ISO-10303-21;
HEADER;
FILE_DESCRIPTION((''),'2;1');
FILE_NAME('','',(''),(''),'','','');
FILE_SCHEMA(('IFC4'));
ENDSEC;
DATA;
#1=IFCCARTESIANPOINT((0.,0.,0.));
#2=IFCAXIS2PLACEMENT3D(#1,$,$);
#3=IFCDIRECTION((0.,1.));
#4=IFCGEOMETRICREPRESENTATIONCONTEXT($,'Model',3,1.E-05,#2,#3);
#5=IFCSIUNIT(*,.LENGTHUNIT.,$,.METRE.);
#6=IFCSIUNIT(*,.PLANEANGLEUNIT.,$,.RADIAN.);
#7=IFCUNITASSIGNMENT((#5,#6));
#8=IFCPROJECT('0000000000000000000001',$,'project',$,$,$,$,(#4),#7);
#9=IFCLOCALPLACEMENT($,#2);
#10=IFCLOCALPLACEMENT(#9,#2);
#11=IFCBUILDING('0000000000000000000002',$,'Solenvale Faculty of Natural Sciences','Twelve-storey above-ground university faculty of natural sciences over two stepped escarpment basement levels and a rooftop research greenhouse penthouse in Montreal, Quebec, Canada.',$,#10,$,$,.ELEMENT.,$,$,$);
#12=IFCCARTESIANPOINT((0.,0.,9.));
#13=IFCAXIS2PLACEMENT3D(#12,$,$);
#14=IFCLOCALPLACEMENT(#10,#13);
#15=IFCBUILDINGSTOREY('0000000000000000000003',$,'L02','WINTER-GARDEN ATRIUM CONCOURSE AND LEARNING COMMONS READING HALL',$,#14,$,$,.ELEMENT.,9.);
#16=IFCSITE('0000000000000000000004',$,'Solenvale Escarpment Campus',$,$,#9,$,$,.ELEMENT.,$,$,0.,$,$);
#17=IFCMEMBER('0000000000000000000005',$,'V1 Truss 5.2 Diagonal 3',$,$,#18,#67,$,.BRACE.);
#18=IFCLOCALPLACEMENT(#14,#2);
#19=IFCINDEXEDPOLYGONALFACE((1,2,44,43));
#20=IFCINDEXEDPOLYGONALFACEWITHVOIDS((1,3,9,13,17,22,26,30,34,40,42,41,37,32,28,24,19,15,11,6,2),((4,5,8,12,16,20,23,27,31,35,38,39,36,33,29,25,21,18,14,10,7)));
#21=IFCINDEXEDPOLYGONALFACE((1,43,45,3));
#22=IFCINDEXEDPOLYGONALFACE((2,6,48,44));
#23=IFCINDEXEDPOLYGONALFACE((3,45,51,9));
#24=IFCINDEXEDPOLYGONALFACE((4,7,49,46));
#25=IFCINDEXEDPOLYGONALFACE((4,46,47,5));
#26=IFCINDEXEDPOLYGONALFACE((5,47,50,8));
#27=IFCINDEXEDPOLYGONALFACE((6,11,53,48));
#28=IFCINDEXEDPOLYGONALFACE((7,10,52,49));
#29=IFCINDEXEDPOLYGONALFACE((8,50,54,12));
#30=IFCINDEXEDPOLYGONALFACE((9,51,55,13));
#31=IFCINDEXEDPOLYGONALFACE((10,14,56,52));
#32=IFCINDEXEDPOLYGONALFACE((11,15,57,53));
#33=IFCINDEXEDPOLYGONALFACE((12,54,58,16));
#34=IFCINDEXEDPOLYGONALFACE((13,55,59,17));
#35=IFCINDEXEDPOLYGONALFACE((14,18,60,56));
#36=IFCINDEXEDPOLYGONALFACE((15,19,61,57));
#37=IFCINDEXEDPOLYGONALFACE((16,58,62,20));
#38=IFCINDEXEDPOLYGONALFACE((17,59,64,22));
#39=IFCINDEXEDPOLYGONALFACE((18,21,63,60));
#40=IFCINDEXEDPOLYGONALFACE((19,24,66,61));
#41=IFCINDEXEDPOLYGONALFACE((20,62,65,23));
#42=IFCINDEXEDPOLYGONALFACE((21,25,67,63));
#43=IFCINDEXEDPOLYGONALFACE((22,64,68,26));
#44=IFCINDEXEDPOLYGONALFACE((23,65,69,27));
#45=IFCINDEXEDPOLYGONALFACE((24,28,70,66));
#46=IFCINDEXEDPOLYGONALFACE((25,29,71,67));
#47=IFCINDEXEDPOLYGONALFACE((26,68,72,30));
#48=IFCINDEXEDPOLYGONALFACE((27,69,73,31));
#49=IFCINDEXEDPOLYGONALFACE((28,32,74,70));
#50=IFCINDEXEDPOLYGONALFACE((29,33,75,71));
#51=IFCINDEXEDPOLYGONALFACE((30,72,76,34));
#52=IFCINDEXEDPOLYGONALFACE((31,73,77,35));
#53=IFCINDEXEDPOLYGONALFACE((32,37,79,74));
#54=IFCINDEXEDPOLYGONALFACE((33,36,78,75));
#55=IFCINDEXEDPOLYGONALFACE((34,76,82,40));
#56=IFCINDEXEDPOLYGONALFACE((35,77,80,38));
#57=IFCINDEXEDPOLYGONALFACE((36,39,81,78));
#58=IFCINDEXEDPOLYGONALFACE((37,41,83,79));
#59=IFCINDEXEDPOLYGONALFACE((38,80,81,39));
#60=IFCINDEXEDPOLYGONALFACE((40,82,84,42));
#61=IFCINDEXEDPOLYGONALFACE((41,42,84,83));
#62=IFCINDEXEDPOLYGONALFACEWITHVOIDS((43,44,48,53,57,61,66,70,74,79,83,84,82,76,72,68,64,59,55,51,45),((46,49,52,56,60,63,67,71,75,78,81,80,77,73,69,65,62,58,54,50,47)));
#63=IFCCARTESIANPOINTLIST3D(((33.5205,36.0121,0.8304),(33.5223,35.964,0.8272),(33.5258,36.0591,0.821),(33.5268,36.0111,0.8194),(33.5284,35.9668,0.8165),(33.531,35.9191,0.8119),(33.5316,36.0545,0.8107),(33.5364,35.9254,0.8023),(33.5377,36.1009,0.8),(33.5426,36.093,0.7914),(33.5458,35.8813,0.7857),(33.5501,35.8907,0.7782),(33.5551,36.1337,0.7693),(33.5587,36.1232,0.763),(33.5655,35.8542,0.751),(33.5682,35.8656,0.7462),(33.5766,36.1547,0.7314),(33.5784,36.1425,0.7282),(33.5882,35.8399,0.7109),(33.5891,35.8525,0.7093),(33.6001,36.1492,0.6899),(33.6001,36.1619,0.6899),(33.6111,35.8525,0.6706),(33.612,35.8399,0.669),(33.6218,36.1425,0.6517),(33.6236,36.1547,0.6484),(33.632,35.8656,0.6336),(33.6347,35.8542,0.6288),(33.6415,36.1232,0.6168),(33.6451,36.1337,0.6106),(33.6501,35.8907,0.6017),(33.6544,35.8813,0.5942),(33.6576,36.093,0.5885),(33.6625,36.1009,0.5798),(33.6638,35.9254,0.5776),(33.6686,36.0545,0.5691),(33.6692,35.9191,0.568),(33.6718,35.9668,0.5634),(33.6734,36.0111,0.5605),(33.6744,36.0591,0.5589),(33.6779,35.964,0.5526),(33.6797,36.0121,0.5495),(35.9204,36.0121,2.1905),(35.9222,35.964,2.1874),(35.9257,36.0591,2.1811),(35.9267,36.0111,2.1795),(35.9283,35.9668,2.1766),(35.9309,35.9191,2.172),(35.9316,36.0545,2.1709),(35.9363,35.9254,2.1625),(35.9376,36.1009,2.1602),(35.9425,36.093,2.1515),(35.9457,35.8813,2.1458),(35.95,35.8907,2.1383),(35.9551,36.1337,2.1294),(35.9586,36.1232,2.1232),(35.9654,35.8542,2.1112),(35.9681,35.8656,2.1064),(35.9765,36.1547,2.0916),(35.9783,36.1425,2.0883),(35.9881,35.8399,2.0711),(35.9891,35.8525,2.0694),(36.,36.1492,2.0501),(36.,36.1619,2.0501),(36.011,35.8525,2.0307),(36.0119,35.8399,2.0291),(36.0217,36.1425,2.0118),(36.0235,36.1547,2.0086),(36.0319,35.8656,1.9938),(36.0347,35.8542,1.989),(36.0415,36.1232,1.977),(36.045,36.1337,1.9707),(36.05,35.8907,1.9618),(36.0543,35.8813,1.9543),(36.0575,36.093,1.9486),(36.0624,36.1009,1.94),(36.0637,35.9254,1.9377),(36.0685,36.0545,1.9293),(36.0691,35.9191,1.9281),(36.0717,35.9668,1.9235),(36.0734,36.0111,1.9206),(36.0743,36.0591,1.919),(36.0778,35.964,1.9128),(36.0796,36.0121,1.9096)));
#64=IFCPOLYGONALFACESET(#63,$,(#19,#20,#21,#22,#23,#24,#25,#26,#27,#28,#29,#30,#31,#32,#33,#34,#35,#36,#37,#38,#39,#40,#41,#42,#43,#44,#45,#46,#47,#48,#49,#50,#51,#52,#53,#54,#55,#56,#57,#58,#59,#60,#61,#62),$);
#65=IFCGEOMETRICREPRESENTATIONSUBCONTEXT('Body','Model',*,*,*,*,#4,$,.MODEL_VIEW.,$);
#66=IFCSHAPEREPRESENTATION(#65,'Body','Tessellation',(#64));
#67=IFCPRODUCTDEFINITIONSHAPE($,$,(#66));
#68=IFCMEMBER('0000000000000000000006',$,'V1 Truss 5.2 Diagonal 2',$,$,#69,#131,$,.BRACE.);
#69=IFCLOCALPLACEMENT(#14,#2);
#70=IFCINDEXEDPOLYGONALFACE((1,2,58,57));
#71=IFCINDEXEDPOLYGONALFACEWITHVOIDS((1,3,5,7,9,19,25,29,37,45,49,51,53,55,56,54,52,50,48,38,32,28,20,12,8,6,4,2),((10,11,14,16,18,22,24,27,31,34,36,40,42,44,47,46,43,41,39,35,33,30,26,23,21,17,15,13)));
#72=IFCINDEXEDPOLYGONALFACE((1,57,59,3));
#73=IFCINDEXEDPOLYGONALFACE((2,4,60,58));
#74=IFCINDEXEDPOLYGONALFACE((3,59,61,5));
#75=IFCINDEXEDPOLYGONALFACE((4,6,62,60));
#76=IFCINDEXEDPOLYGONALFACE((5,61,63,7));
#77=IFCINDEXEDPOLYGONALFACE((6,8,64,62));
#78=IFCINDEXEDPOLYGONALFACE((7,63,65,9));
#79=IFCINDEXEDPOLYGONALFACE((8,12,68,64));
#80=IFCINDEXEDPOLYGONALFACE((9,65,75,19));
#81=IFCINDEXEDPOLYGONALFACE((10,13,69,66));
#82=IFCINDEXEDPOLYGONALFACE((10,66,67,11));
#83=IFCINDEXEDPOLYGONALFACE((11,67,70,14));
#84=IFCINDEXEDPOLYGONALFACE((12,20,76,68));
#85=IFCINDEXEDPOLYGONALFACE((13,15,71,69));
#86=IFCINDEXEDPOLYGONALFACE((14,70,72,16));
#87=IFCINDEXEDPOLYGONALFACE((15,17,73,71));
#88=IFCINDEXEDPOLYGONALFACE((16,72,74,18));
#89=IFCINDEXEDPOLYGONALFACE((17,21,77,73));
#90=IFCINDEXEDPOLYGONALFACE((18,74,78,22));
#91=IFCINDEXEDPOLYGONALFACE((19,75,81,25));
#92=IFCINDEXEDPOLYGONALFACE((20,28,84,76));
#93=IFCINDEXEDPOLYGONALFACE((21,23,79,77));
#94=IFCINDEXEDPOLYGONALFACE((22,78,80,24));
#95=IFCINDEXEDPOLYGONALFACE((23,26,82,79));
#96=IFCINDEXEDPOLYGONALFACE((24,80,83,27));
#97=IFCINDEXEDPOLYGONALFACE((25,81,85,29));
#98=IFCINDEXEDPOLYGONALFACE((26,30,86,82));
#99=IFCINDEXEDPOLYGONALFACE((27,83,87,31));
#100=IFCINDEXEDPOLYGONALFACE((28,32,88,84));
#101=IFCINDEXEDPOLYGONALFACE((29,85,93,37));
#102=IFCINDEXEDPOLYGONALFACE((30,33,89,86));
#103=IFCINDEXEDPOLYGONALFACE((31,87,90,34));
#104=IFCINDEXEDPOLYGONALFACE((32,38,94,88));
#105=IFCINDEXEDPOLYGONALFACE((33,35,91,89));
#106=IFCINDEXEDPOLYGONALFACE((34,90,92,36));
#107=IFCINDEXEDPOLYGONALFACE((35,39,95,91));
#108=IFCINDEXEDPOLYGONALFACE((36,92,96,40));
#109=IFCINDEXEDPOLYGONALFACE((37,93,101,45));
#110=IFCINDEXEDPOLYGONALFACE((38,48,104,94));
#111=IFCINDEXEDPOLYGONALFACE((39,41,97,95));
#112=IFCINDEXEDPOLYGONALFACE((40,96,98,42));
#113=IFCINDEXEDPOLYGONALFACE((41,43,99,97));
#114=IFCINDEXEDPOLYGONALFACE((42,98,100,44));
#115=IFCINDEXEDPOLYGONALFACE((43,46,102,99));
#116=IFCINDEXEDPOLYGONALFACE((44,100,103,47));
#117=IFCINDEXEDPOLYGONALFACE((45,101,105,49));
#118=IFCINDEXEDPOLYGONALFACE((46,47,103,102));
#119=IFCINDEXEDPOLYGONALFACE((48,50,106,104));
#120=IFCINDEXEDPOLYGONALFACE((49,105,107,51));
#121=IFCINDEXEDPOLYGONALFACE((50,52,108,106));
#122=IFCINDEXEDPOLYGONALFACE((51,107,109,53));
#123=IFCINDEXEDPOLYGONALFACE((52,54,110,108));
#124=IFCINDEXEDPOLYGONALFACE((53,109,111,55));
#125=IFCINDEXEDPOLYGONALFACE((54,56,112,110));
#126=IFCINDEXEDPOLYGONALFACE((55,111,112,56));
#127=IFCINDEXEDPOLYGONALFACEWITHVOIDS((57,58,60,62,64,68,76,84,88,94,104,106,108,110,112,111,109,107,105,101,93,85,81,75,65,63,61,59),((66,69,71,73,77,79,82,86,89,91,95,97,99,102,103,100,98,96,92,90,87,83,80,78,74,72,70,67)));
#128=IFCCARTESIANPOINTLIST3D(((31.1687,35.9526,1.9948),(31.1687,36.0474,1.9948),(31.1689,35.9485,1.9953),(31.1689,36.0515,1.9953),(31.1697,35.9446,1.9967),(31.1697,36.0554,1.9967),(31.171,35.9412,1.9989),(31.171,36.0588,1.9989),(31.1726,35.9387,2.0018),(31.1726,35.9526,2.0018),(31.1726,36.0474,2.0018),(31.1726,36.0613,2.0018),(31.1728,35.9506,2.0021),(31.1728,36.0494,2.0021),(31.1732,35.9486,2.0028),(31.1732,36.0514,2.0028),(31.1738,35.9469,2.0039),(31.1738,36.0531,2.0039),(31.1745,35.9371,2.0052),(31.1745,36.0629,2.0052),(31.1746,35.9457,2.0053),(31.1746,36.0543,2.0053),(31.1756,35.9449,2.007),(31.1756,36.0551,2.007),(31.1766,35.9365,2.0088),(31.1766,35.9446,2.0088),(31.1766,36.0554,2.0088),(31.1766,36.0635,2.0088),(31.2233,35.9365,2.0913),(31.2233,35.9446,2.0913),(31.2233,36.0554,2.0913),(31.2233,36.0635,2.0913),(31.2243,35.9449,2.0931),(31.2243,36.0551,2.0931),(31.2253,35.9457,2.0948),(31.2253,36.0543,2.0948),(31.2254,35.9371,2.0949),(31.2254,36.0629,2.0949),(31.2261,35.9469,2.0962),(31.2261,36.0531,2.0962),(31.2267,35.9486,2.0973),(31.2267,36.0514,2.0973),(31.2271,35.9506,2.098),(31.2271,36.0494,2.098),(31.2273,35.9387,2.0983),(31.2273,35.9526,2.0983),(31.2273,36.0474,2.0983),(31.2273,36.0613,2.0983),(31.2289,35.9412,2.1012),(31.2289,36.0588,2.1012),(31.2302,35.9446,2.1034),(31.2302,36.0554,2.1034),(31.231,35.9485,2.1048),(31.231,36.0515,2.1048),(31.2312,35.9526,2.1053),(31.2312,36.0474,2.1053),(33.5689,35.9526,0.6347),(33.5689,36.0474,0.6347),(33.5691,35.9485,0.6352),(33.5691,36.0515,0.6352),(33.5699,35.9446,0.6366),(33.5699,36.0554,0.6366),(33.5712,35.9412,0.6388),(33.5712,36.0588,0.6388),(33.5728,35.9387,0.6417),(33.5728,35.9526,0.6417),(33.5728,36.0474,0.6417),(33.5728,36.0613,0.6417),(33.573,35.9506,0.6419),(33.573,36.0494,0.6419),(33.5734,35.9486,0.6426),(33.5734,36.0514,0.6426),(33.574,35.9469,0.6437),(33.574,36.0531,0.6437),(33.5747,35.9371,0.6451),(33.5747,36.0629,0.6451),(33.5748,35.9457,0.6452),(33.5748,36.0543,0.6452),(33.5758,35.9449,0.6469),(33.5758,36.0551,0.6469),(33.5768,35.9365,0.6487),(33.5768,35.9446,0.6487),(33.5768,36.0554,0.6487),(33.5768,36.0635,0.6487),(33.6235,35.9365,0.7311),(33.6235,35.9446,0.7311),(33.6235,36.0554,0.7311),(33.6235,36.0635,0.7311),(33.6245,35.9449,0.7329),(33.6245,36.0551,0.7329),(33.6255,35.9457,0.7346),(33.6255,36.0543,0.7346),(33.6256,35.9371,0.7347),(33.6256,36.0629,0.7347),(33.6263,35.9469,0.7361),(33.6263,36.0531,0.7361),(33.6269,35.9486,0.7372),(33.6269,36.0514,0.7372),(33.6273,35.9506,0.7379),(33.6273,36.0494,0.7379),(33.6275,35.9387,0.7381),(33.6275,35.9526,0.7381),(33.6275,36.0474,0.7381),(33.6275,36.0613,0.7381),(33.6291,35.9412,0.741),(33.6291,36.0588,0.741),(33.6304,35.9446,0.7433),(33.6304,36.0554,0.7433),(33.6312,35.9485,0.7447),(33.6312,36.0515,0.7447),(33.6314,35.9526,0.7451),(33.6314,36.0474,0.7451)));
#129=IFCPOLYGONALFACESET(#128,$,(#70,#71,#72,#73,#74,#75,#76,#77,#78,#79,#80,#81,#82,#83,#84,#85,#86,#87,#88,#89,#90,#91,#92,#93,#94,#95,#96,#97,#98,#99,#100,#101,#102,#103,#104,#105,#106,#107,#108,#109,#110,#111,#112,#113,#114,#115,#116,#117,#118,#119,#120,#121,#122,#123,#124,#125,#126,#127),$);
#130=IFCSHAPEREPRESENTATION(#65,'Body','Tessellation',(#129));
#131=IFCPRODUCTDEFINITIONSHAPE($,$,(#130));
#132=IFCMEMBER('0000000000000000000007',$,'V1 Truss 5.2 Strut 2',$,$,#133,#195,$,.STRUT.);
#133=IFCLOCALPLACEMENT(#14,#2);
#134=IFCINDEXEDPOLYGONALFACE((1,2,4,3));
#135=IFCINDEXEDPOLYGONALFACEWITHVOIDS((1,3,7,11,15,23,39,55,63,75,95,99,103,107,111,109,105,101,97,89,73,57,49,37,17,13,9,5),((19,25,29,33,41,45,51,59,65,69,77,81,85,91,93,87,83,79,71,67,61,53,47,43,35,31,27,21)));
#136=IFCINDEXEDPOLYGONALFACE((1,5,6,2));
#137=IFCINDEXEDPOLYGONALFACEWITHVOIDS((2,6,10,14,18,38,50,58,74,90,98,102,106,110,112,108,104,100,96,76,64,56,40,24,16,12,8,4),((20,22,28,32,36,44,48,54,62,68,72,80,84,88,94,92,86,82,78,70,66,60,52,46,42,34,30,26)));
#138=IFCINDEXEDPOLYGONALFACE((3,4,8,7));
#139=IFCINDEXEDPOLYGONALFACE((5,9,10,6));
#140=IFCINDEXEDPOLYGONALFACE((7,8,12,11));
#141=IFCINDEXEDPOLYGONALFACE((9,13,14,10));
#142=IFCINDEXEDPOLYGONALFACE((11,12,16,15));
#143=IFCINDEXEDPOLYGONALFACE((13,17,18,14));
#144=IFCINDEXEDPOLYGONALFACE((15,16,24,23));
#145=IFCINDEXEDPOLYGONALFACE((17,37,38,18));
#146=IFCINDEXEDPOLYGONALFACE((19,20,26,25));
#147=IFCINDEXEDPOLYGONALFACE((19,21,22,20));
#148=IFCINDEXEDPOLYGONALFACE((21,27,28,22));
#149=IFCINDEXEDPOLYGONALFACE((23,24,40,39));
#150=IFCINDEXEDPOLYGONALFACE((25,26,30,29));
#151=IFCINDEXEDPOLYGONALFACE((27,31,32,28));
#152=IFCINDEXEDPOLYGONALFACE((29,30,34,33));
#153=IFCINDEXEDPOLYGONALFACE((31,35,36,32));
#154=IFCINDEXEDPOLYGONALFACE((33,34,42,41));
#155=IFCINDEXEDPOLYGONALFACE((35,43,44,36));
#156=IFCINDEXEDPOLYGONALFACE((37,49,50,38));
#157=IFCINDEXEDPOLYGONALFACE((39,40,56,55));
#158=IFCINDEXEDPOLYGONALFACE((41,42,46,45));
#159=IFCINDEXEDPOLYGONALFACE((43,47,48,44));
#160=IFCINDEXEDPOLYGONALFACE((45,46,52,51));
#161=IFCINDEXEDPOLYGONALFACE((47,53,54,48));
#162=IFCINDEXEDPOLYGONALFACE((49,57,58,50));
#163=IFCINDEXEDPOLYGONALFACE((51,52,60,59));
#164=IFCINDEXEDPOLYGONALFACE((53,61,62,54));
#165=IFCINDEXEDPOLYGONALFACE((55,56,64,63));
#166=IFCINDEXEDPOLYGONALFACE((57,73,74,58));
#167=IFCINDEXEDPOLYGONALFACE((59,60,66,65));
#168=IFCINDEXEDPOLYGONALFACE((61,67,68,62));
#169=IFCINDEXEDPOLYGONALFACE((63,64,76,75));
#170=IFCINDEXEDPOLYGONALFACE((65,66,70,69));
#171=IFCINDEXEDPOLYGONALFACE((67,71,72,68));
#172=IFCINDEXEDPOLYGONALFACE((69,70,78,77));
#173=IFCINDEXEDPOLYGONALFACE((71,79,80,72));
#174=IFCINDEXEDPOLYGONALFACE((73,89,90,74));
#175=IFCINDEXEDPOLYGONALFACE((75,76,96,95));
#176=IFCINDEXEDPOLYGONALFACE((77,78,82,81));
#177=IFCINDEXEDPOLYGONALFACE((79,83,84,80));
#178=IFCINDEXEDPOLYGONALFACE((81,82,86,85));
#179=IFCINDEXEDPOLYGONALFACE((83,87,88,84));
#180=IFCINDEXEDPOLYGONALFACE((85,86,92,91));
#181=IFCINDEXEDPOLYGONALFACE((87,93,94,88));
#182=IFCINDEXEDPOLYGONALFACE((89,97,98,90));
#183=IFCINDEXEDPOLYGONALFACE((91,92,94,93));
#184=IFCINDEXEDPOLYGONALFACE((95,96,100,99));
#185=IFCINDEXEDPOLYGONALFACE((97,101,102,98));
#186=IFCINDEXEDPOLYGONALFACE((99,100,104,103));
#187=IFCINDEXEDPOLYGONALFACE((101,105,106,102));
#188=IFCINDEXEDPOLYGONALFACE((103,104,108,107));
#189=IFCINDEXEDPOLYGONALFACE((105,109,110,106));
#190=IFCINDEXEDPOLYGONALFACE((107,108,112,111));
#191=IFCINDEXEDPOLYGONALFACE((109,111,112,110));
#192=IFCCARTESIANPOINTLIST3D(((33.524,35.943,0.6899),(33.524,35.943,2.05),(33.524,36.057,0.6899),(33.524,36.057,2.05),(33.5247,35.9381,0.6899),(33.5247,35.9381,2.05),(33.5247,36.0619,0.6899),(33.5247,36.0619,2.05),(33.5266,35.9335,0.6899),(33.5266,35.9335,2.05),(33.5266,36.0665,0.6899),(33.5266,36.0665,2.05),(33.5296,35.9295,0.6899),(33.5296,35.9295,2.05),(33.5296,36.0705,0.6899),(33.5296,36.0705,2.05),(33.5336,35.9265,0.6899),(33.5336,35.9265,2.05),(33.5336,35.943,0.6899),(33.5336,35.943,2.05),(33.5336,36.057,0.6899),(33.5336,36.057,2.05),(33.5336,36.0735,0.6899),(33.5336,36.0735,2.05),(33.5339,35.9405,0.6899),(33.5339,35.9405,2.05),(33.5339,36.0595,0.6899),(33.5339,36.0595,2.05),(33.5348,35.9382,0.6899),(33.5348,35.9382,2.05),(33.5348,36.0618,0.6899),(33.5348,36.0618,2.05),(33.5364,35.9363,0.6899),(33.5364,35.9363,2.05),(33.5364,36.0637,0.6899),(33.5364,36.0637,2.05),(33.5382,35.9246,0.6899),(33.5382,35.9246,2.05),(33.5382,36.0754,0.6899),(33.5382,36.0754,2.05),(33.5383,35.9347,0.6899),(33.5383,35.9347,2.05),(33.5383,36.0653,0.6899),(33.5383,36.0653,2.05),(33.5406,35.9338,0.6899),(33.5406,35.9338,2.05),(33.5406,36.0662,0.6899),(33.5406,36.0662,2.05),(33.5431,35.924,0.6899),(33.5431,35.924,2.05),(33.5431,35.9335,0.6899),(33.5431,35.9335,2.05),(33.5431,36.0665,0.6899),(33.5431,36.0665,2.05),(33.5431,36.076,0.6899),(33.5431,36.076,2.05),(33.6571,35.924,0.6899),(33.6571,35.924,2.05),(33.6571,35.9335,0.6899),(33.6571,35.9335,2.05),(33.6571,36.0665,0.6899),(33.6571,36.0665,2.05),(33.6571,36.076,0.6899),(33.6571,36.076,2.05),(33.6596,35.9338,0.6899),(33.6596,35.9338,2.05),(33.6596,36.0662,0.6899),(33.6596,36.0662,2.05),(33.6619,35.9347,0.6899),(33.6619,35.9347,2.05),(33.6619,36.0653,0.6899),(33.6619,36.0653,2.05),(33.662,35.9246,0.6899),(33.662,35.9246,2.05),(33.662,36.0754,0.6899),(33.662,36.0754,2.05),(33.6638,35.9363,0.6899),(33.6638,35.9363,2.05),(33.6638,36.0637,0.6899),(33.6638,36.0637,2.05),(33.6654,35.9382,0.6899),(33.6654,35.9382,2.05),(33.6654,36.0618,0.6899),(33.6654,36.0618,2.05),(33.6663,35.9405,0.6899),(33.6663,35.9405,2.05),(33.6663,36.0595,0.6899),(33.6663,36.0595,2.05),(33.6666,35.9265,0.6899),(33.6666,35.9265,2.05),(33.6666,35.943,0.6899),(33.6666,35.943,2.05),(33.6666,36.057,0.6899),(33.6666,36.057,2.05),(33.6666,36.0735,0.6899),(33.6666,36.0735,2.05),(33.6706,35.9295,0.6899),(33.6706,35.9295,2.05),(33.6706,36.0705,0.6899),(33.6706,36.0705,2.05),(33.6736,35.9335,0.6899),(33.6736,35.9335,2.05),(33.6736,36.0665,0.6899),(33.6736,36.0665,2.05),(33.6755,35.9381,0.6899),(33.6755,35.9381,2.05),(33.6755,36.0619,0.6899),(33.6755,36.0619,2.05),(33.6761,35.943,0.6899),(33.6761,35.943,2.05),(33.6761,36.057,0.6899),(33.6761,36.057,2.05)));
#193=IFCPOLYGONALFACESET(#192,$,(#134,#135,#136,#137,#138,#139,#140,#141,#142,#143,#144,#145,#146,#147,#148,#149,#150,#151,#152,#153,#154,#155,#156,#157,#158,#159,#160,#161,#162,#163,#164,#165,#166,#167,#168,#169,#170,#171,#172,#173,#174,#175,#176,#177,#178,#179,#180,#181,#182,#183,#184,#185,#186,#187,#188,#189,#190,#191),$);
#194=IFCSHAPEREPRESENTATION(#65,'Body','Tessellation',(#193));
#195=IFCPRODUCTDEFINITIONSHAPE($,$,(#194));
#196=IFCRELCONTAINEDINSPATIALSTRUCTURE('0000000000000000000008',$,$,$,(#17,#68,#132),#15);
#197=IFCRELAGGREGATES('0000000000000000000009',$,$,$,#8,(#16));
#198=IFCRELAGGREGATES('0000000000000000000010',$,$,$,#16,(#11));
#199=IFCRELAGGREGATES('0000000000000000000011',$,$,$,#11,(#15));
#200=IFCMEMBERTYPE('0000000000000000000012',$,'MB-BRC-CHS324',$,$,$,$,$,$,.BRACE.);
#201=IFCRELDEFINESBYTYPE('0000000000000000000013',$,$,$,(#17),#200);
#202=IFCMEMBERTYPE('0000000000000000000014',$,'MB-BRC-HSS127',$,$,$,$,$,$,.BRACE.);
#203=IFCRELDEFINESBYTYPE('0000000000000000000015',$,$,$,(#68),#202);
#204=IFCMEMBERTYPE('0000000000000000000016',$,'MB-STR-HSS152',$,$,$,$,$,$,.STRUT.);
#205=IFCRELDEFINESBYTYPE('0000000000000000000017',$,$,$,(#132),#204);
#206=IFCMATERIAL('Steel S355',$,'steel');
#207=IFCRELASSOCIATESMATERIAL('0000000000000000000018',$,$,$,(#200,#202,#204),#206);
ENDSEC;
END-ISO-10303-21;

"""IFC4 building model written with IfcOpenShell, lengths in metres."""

from ifc_helpers import new_model, si_unit, direction, frame, origin, origin_2d, place, context, subcontext, project, spatial, hollow_rectangle, hollow_circle, extrude, material, material_profile, profile_set, type_object, element, save


model = new_model("IFC4")

# Units and contexts
model_context = context("Model", 3, precision=1e-05, world=origin(), true_north=direction((0.0, 1.0)))
body_context = subcontext(model_context, "Body", "Model", "MODEL_VIEW")
ifc_project = project(units=[si_unit("LENGTHUNIT", "METRE"), si_unit("PLANEANGLEUNIT", "RADIAN")], contexts=[model_context])

# Site, building, storey
site_placement = place(None, origin())
site = spatial("IfcSite", under=ifc_project, at=site_placement, Name="Solenvale Escarpment Campus", CompositionType="ELEMENT", RefElevation=0.0)
building_placement = place(site_placement, origin())
building = spatial("IfcBuilding", under=site, at=building_placement, Name="Solenvale Faculty of Natural Sciences", Description="Twelve-storey above-ground university faculty of natural sciences over two stepped escarpment basement levels and a rooftop research greenhouse penthouse in Montreal, Quebec, Canada.", CompositionType="ELEMENT")
storey_placement = place(building_placement, frame((0.0, 0.0, 9.0)))
storey = spatial("IfcBuildingStorey", under=building, at=storey_placement, Name="L02", Description="WINTER-GARDEN ATRIUM CONCOURSE AND LEARNING COMMONS READING HALL", CompositionType="ELEMENT", Elevation=9.0)

# Members
ifc_material_1 = material(Name="Steel S355", Category="steel")
ifc_material_profile_1 = material_profile(ifc_material_1, hollow_circle(Radius=0.1619, WallThickness=0.0127, at=origin_2d()), Name="HSS324x13")
ifc_profile_set_1 = profile_set([ifc_material_profile_1], Name="Steel S355")
member_type_1 = type_object("IfcMemberType", Name="MB-BRC-CHS324", PredefinedType="BRACE", material=ifc_profile_set_1)
member_1_placement = place(storey_placement, frame((33.6001, 36.0, 0.6899), z_axis=(0.869997, 0.0, 0.493057), x_axis=(0.0, 1.0, 0.0)))
element("IfcMember", 1, at=member_1_placement, inside=storey, type_object=member_type_1, Name="V1 Truss 5.2 Diagonal 3", PredefinedType="BRACE", context=body_context, shape_type="SweptSolid", body=[
    extrude(hollow_circle(Radius=0.1619, WallThickness=0.0127, at=origin_2d()), origin(), (0.0, 0.0, 1.0), 2.7585),
])
ifc_material_profile_2 = material_profile(ifc_material_1, hollow_rectangle(XDim=0.127, YDim=0.127, WallThickness=0.0081, InnerFilletRadius=0.0081, OuterFilletRadius=0.0161, at=origin_2d()), Name="HSS127x127x8.0")
ifc_profile_set_2 = profile_set([ifc_material_profile_2], Name="Steel S355")
member_type_2 = type_object("IfcMemberType", Name="MB-BRC-HSS127", PredefinedType="BRACE", material=ifc_profile_set_2)
member_2_placement = place(storey_placement, frame((31.2, 36.0, 2.05), z_axis=(0.870018, 0.0, -0.493019), x_axis=(0.0, 1.0, 0.0)))
element("IfcMember", 2, at=member_2_placement, inside=storey, type_object=member_type_2, Name="V1 Truss 5.2 Diagonal 2", PredefinedType="BRACE", context=body_context, shape_type="SweptSolid", body=[
    extrude(hollow_rectangle(XDim=0.127, YDim=0.127, WallThickness=0.0081, InnerFilletRadius=0.0081, OuterFilletRadius=0.0161, at=origin_2d()), origin(), (0.0, 0.0, 1.0), 2.7588),
])
ifc_material_profile_3 = material_profile(ifc_material_1, hollow_rectangle(XDim=0.1521, YDim=0.1521, WallThickness=0.0095, InnerFilletRadius=0.0095, OuterFilletRadius=0.019, at=origin_2d()), Name="HSS152x152x9.5")
ifc_profile_set_3 = profile_set([ifc_material_profile_3], Name="Steel S355")
member_type_3 = type_object("IfcMemberType", Name="MB-STR-HSS152", PredefinedType="STRUT", material=ifc_profile_set_3)
member_3_placement = place(storey_placement, frame((33.6001, 36.0, 0.6899), z_axis=(0.0, 0.0, 1.0), x_axis=(1.0, 0.0, 0.0)))
element("IfcMember", 3, at=member_3_placement, inside=storey, type_object=member_type_3, Name="V1 Truss 5.2 Strut 2", PredefinedType="STRUT", context=body_context, shape_type="SweptSolid", body=[
    extrude(hollow_rectangle(XDim=0.1521, YDim=0.1521, WallThickness=0.0095, InnerFilletRadius=0.0095, OuterFilletRadius=0.019, at=origin_2d()), origin(), (0.0, 0.0, 1.0), 1.3601),
])

save(model, "model.ifc")
